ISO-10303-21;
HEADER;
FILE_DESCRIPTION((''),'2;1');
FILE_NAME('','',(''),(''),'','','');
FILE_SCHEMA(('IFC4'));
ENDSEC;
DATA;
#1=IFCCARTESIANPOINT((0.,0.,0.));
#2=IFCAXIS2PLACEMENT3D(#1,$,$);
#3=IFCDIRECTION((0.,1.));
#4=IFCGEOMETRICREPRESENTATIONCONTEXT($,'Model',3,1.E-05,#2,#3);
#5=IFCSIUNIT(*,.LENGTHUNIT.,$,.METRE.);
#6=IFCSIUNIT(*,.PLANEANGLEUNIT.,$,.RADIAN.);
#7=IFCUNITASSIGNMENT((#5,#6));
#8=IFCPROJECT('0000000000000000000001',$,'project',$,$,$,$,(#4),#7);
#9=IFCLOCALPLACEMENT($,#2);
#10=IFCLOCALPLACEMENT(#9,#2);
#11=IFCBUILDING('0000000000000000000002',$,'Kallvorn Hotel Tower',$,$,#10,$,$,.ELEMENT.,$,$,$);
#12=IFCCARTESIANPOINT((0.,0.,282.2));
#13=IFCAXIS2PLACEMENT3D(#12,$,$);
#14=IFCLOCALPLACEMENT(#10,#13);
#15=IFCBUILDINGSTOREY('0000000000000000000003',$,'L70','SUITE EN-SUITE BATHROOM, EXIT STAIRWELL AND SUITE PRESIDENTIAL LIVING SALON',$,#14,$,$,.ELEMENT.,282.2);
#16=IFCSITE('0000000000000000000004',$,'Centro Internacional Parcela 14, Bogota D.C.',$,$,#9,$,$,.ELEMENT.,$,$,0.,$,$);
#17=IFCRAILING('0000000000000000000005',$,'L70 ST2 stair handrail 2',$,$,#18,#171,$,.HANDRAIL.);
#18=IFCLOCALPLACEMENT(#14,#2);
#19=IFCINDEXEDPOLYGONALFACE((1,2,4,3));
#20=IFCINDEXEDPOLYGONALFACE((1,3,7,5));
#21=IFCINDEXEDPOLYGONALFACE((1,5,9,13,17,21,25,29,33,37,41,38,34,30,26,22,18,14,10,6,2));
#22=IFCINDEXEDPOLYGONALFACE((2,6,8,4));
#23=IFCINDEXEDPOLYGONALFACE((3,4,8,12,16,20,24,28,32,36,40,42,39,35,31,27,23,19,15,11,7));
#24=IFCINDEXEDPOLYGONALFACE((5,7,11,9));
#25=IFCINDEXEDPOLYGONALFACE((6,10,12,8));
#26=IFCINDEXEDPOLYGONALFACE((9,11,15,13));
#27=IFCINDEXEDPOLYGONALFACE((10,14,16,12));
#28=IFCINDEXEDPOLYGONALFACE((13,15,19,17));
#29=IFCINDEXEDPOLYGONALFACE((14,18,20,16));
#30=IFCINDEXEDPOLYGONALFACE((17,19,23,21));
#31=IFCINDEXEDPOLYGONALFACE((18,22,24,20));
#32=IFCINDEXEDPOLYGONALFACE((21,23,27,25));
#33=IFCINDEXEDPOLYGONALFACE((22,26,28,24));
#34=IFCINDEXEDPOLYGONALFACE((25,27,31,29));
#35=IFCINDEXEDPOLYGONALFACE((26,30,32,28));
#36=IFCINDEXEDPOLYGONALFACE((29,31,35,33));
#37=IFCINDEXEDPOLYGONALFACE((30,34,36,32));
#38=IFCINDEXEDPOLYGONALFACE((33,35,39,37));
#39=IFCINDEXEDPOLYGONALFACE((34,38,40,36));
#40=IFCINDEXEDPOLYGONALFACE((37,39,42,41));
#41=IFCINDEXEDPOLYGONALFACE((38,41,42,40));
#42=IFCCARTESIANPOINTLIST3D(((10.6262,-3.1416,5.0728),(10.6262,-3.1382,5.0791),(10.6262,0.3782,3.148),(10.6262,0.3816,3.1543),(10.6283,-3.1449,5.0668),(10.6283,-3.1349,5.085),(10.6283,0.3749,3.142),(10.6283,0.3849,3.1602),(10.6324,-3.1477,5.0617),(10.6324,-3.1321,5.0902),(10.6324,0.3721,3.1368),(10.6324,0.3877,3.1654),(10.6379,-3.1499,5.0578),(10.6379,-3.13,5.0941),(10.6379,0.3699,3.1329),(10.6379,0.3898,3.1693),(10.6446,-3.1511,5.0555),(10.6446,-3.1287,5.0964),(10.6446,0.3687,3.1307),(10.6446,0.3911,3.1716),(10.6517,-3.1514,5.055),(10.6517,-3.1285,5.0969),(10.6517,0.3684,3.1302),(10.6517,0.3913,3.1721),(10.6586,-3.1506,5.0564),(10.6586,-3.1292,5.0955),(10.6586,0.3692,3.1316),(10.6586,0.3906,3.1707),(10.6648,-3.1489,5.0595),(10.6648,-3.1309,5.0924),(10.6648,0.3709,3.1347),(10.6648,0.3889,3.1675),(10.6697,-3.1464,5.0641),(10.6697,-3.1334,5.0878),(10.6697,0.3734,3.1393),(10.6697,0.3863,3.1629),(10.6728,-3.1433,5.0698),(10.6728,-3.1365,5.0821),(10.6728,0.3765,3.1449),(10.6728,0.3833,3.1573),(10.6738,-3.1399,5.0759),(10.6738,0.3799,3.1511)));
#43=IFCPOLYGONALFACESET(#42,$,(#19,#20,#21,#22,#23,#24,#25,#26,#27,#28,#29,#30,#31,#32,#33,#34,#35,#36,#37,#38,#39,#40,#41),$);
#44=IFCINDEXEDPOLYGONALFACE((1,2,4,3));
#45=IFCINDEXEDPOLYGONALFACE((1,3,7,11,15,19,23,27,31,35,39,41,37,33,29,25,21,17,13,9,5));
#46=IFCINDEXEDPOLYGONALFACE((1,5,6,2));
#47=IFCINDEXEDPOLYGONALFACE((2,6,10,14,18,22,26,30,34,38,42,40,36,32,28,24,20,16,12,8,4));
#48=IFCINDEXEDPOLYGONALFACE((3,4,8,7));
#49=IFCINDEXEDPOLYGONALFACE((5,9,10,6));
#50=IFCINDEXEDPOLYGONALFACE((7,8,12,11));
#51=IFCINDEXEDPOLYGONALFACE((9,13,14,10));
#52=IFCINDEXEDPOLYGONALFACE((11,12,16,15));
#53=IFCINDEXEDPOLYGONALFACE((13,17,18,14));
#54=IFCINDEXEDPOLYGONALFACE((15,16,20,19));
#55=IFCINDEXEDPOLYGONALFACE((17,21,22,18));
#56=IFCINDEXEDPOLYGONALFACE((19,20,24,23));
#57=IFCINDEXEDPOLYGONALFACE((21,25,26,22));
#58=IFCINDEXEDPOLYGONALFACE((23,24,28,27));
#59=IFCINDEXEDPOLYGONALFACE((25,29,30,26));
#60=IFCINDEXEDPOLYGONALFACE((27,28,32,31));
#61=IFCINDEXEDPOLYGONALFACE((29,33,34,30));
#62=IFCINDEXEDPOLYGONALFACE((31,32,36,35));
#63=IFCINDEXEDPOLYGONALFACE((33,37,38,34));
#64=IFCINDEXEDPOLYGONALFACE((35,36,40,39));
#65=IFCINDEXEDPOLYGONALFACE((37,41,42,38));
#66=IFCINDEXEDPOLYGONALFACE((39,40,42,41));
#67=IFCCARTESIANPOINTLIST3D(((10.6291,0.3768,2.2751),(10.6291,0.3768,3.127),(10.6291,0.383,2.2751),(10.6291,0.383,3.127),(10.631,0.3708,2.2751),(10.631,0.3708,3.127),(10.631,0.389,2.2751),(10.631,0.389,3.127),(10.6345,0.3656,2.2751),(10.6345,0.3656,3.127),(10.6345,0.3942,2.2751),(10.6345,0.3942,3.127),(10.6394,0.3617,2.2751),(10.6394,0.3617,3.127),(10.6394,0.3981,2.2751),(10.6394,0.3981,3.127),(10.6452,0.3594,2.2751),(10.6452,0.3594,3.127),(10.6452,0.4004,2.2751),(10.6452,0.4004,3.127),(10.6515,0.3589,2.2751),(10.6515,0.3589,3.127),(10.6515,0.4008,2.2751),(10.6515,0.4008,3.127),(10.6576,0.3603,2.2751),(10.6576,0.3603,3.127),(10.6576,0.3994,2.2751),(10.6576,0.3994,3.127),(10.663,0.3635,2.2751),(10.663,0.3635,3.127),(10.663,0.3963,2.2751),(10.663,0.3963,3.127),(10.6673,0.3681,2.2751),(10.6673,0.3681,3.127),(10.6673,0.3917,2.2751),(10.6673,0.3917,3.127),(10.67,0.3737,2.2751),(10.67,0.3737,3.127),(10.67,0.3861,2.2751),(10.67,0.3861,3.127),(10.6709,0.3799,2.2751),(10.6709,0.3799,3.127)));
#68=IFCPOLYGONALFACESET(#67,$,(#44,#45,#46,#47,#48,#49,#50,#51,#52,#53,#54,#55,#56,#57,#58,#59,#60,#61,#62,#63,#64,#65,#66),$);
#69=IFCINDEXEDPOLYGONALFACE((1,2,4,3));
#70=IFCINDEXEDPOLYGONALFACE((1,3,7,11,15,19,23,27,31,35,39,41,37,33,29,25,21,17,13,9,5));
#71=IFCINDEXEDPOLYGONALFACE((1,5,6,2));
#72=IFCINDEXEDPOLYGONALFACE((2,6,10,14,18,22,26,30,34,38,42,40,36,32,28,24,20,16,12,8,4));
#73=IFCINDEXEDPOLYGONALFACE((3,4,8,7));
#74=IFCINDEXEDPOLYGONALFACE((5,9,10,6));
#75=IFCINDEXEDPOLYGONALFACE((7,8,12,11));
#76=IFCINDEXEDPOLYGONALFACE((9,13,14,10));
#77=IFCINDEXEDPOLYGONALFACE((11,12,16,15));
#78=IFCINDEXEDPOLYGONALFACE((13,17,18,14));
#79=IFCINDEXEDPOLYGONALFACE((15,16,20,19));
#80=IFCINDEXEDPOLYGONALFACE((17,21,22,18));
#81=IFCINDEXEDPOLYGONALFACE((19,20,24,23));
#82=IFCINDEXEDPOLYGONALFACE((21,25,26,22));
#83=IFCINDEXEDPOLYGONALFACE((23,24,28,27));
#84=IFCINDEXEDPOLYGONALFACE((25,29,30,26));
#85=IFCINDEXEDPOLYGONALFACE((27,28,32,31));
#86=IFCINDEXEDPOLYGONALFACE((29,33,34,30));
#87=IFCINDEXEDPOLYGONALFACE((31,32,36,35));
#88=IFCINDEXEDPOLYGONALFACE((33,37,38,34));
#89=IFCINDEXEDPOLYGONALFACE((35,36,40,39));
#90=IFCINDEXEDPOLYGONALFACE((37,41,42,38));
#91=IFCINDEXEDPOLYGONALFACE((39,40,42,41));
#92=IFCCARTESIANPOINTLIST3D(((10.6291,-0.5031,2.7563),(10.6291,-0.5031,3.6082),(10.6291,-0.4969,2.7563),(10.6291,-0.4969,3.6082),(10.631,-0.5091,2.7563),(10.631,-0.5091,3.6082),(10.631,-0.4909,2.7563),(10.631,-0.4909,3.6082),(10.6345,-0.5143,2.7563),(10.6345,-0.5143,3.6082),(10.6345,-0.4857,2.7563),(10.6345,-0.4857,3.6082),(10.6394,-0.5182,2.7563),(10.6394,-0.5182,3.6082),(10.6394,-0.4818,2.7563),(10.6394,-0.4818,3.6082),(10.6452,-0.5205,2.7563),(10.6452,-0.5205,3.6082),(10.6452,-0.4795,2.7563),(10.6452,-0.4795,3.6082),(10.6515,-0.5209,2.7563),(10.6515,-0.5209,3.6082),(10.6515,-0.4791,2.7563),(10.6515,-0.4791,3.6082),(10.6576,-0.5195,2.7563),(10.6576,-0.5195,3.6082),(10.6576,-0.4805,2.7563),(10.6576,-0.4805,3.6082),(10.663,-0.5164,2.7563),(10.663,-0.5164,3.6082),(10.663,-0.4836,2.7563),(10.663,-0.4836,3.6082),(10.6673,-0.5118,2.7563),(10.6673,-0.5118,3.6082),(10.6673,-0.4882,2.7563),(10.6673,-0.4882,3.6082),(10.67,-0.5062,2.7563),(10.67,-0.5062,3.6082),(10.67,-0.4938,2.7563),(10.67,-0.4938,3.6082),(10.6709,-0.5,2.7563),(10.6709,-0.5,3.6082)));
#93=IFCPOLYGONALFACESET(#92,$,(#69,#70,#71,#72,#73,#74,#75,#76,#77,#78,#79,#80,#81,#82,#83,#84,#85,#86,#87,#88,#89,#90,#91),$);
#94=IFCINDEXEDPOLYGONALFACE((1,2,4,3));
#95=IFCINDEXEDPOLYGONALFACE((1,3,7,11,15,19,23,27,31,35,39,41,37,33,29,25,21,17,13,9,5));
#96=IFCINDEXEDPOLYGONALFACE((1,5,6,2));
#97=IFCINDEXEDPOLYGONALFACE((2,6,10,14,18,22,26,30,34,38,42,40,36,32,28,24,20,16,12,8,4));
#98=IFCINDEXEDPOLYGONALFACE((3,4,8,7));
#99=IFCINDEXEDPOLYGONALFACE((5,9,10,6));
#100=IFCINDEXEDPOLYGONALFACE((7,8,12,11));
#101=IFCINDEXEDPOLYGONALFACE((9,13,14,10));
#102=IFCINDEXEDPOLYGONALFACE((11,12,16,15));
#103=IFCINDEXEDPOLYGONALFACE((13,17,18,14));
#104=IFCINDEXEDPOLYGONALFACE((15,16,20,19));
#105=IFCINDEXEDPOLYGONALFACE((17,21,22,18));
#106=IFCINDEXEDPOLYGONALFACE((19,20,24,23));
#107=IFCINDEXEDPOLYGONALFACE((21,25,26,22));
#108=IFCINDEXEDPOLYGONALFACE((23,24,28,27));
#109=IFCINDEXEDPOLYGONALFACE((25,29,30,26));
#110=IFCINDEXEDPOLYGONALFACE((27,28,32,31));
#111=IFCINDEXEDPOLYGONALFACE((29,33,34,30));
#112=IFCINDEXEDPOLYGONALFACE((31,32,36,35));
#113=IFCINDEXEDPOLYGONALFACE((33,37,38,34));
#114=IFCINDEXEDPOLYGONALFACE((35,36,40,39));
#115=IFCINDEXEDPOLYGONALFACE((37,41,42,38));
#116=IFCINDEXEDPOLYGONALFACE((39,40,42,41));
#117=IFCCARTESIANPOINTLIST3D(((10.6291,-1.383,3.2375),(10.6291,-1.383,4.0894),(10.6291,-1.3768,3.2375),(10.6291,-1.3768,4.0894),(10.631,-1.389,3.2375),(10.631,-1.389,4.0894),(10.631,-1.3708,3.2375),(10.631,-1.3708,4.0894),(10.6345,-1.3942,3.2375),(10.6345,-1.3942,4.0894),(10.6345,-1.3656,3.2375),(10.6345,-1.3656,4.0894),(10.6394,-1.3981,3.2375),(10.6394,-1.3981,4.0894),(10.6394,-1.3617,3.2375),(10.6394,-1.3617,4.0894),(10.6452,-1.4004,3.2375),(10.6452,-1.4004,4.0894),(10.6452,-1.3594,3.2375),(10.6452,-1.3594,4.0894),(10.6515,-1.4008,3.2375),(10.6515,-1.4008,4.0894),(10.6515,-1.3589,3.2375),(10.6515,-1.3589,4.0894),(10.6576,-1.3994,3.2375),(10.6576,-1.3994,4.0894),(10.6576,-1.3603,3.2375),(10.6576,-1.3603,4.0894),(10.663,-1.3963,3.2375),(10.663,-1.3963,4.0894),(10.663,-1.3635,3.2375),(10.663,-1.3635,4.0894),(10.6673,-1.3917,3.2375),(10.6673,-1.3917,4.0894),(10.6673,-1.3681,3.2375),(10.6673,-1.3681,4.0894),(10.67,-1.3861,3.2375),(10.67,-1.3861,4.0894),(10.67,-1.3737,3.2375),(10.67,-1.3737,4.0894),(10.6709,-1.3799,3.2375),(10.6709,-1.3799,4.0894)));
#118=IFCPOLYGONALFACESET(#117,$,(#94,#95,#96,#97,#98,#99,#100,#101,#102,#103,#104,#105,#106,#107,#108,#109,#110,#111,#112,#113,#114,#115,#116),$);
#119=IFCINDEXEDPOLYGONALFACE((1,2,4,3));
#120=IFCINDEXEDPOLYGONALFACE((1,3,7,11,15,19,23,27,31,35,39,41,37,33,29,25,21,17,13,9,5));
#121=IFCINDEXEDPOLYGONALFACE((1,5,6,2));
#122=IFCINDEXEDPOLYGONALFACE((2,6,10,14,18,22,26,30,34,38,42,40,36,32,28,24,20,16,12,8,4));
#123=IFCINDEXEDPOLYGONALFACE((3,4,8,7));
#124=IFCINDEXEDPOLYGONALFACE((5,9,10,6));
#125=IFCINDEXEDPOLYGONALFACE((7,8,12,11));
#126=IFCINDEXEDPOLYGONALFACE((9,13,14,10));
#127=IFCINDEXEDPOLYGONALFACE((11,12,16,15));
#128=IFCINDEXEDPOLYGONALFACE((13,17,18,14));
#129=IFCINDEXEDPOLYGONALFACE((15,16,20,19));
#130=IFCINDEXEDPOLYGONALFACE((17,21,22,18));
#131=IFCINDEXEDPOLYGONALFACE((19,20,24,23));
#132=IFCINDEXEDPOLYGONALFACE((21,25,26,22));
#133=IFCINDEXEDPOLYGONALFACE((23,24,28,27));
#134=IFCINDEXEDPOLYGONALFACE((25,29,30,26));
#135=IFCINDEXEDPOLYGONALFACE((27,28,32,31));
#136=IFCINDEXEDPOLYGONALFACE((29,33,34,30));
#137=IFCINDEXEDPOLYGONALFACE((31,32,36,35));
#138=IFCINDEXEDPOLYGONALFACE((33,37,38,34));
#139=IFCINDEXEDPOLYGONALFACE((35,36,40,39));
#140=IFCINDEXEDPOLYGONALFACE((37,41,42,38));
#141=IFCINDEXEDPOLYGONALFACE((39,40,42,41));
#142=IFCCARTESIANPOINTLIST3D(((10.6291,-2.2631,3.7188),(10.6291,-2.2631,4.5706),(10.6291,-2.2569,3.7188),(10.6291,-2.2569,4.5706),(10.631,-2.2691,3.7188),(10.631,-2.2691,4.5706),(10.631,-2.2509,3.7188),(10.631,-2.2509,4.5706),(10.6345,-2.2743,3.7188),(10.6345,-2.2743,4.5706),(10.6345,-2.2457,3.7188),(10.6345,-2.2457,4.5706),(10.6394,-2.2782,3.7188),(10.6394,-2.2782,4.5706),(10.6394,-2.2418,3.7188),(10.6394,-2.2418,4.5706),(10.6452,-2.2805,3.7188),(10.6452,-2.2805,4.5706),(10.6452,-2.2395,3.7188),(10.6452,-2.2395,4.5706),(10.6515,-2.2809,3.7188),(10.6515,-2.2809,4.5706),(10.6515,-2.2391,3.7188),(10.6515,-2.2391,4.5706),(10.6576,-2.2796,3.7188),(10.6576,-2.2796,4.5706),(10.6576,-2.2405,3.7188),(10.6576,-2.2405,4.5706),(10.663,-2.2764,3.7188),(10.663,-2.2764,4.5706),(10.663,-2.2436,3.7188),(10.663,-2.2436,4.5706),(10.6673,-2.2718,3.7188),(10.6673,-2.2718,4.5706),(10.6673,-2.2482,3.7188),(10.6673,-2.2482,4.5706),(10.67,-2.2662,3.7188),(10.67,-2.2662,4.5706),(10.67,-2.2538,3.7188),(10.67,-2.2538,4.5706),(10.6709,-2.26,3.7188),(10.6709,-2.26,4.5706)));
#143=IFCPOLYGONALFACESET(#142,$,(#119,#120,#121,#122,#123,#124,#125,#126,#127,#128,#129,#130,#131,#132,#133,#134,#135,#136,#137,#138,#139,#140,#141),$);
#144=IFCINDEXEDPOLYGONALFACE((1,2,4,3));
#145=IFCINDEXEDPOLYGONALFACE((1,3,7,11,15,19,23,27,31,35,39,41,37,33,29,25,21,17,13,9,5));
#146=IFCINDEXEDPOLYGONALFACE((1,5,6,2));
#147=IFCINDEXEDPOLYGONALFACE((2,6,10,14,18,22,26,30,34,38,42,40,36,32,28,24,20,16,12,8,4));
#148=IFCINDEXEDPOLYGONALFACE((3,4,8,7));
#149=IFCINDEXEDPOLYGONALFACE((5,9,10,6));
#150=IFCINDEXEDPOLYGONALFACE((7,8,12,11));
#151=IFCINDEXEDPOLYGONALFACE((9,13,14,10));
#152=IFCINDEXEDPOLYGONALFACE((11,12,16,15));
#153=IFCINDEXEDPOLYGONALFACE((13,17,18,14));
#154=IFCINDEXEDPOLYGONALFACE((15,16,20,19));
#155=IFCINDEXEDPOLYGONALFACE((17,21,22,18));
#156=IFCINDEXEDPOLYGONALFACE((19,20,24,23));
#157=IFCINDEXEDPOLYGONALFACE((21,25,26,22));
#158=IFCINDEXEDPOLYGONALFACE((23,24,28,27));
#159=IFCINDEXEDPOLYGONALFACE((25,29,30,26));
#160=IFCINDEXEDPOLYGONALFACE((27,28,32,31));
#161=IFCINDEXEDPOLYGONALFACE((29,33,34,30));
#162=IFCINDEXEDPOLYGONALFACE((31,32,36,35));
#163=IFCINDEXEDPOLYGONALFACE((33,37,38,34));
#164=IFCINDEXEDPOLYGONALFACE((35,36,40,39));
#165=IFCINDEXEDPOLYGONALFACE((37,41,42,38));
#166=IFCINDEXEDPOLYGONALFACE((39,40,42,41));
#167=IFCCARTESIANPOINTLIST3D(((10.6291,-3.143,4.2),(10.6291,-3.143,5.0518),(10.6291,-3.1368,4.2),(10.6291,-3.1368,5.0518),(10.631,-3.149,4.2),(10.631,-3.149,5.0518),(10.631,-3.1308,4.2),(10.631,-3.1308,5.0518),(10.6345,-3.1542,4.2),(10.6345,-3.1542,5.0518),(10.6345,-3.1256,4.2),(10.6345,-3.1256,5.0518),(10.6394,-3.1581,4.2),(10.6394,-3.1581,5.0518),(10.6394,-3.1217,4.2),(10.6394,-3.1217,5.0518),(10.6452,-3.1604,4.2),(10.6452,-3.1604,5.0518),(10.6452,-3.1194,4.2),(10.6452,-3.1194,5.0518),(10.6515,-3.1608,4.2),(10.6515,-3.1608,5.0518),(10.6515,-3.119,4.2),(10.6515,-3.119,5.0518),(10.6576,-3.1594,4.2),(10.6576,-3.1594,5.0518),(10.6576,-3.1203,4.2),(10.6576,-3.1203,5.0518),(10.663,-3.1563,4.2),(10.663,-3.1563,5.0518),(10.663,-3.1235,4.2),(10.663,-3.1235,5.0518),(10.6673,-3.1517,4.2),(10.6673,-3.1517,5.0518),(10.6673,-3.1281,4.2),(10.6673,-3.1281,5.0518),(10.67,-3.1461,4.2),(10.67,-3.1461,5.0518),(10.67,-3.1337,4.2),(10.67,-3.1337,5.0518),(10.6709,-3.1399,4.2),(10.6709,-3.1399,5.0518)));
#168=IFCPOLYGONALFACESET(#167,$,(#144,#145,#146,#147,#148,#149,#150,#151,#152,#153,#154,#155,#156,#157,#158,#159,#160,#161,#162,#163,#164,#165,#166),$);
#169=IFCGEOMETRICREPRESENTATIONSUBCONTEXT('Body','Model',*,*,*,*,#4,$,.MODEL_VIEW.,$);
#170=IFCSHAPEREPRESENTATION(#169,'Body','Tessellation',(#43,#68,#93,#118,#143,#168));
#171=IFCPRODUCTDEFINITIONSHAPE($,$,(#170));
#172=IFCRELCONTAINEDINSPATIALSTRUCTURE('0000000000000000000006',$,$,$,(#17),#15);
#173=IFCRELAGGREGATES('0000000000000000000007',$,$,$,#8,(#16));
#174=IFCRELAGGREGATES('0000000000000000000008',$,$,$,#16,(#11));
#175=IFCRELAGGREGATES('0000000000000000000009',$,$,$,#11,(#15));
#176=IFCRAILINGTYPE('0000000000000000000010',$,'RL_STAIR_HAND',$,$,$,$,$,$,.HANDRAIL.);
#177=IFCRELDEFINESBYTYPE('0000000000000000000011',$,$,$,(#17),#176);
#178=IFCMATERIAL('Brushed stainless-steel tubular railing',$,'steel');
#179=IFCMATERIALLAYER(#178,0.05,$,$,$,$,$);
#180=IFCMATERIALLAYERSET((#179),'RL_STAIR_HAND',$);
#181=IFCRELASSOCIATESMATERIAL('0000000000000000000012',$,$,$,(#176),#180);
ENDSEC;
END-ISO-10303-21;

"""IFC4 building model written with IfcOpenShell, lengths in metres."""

from ifc_helpers import new_model, si_unit, direction, frame, origin, origin_2d, place, context, subcontext, project, spatial, circle, extrude, material, layer, layer_set, type_object, element, save


model = new_model("IFC4")

# Units and contexts
model_context = context("Model", 3, precision=1e-05, world=origin(), true_north=direction((0.0, 1.0)))
body_context = subcontext(model_context, "Body", "Model", "MODEL_VIEW")
ifc_project = project(units=[si_unit("LENGTHUNIT", "METRE"), si_unit("PLANEANGLEUNIT", "RADIAN")], contexts=[model_context])

# Site, building, storey
site_placement = place(None, origin())
site = spatial("IfcSite", under=ifc_project, at=site_placement, Name="Centro Internacional Parcela 14, Bogota D.C.", CompositionType="ELEMENT", RefElevation=0.0)
building_placement = place(site_placement, origin())
building = spatial("IfcBuilding", under=site, at=building_placement, Name="Kallvorn Hotel Tower", CompositionType="ELEMENT")
storey_placement = place(building_placement, frame((0.0, 0.0, 282.2)))
storey = spatial("IfcBuildingStorey", under=building, at=storey_placement, Name="L70", Description="SUITE EN-SUITE BATHROOM, EXIT STAIRWELL AND SUITE PRESIDENTIAL LIVING SALON", CompositionType="ELEMENT", Elevation=282.2)

# Railing
ifc_material_1 = material(Name="Brushed stainless-steel tubular railing", Category="steel")
ifc_layer_1 = layer(ifc_material_1, 0.05)
ifc_layer_set_1 = layer_set([ifc_layer_1], Name="RL_STAIR_HAND")
railing_type_1 = type_object("IfcRailingType", Name="RL_STAIR_HAND", PredefinedType="HANDRAIL", material=ifc_layer_set_1)
railing_1_placement = place(storey_placement, frame((10.6499, 0.3799, 2.2751)))
element("IfcRailing", 1, at=railing_1_placement, inside=storey, type_object=railing_type_1, Name="L70 ST2 stair handrail 2", PredefinedType="HANDRAIL", context=body_context, shape_type="SweptSolid", body=[
    extrude(circle(Radius=0.0239, at=origin_2d()), frame((0.0, 0.0, 0.876), z_axis=(0.0, -0.877379, 0.479798), x_axis=(1.0, 0.0, 0.0)), (0.0, 0.0, 1.0), 4.0117),
    extrude(circle(Radius=0.021, at=origin_2d()), origin(), (0.0, 0.0, 1.0), 0.8518),
    extrude(circle(Radius=0.021, at=origin_2d()), frame((0.0, -0.8799, 0.4812)), (0.0, 0.0, 1.0), 0.8518),
    extrude(circle(Radius=0.021, at=origin_2d()), frame((0.0, -1.7598, 0.9624)), (0.0, 0.0, 1.0), 0.8518),
    extrude(circle(Radius=0.021, at=origin_2d()), frame((0.0, -2.6399, 1.4436)), (0.0, 0.0, 1.0), 0.8518),
    extrude(circle(Radius=0.021, at=origin_2d()), frame((0.0, -3.5198, 1.9248)), (0.0, 0.0, 1.0), 0.8518),
])

save(model, "model.ifc")
